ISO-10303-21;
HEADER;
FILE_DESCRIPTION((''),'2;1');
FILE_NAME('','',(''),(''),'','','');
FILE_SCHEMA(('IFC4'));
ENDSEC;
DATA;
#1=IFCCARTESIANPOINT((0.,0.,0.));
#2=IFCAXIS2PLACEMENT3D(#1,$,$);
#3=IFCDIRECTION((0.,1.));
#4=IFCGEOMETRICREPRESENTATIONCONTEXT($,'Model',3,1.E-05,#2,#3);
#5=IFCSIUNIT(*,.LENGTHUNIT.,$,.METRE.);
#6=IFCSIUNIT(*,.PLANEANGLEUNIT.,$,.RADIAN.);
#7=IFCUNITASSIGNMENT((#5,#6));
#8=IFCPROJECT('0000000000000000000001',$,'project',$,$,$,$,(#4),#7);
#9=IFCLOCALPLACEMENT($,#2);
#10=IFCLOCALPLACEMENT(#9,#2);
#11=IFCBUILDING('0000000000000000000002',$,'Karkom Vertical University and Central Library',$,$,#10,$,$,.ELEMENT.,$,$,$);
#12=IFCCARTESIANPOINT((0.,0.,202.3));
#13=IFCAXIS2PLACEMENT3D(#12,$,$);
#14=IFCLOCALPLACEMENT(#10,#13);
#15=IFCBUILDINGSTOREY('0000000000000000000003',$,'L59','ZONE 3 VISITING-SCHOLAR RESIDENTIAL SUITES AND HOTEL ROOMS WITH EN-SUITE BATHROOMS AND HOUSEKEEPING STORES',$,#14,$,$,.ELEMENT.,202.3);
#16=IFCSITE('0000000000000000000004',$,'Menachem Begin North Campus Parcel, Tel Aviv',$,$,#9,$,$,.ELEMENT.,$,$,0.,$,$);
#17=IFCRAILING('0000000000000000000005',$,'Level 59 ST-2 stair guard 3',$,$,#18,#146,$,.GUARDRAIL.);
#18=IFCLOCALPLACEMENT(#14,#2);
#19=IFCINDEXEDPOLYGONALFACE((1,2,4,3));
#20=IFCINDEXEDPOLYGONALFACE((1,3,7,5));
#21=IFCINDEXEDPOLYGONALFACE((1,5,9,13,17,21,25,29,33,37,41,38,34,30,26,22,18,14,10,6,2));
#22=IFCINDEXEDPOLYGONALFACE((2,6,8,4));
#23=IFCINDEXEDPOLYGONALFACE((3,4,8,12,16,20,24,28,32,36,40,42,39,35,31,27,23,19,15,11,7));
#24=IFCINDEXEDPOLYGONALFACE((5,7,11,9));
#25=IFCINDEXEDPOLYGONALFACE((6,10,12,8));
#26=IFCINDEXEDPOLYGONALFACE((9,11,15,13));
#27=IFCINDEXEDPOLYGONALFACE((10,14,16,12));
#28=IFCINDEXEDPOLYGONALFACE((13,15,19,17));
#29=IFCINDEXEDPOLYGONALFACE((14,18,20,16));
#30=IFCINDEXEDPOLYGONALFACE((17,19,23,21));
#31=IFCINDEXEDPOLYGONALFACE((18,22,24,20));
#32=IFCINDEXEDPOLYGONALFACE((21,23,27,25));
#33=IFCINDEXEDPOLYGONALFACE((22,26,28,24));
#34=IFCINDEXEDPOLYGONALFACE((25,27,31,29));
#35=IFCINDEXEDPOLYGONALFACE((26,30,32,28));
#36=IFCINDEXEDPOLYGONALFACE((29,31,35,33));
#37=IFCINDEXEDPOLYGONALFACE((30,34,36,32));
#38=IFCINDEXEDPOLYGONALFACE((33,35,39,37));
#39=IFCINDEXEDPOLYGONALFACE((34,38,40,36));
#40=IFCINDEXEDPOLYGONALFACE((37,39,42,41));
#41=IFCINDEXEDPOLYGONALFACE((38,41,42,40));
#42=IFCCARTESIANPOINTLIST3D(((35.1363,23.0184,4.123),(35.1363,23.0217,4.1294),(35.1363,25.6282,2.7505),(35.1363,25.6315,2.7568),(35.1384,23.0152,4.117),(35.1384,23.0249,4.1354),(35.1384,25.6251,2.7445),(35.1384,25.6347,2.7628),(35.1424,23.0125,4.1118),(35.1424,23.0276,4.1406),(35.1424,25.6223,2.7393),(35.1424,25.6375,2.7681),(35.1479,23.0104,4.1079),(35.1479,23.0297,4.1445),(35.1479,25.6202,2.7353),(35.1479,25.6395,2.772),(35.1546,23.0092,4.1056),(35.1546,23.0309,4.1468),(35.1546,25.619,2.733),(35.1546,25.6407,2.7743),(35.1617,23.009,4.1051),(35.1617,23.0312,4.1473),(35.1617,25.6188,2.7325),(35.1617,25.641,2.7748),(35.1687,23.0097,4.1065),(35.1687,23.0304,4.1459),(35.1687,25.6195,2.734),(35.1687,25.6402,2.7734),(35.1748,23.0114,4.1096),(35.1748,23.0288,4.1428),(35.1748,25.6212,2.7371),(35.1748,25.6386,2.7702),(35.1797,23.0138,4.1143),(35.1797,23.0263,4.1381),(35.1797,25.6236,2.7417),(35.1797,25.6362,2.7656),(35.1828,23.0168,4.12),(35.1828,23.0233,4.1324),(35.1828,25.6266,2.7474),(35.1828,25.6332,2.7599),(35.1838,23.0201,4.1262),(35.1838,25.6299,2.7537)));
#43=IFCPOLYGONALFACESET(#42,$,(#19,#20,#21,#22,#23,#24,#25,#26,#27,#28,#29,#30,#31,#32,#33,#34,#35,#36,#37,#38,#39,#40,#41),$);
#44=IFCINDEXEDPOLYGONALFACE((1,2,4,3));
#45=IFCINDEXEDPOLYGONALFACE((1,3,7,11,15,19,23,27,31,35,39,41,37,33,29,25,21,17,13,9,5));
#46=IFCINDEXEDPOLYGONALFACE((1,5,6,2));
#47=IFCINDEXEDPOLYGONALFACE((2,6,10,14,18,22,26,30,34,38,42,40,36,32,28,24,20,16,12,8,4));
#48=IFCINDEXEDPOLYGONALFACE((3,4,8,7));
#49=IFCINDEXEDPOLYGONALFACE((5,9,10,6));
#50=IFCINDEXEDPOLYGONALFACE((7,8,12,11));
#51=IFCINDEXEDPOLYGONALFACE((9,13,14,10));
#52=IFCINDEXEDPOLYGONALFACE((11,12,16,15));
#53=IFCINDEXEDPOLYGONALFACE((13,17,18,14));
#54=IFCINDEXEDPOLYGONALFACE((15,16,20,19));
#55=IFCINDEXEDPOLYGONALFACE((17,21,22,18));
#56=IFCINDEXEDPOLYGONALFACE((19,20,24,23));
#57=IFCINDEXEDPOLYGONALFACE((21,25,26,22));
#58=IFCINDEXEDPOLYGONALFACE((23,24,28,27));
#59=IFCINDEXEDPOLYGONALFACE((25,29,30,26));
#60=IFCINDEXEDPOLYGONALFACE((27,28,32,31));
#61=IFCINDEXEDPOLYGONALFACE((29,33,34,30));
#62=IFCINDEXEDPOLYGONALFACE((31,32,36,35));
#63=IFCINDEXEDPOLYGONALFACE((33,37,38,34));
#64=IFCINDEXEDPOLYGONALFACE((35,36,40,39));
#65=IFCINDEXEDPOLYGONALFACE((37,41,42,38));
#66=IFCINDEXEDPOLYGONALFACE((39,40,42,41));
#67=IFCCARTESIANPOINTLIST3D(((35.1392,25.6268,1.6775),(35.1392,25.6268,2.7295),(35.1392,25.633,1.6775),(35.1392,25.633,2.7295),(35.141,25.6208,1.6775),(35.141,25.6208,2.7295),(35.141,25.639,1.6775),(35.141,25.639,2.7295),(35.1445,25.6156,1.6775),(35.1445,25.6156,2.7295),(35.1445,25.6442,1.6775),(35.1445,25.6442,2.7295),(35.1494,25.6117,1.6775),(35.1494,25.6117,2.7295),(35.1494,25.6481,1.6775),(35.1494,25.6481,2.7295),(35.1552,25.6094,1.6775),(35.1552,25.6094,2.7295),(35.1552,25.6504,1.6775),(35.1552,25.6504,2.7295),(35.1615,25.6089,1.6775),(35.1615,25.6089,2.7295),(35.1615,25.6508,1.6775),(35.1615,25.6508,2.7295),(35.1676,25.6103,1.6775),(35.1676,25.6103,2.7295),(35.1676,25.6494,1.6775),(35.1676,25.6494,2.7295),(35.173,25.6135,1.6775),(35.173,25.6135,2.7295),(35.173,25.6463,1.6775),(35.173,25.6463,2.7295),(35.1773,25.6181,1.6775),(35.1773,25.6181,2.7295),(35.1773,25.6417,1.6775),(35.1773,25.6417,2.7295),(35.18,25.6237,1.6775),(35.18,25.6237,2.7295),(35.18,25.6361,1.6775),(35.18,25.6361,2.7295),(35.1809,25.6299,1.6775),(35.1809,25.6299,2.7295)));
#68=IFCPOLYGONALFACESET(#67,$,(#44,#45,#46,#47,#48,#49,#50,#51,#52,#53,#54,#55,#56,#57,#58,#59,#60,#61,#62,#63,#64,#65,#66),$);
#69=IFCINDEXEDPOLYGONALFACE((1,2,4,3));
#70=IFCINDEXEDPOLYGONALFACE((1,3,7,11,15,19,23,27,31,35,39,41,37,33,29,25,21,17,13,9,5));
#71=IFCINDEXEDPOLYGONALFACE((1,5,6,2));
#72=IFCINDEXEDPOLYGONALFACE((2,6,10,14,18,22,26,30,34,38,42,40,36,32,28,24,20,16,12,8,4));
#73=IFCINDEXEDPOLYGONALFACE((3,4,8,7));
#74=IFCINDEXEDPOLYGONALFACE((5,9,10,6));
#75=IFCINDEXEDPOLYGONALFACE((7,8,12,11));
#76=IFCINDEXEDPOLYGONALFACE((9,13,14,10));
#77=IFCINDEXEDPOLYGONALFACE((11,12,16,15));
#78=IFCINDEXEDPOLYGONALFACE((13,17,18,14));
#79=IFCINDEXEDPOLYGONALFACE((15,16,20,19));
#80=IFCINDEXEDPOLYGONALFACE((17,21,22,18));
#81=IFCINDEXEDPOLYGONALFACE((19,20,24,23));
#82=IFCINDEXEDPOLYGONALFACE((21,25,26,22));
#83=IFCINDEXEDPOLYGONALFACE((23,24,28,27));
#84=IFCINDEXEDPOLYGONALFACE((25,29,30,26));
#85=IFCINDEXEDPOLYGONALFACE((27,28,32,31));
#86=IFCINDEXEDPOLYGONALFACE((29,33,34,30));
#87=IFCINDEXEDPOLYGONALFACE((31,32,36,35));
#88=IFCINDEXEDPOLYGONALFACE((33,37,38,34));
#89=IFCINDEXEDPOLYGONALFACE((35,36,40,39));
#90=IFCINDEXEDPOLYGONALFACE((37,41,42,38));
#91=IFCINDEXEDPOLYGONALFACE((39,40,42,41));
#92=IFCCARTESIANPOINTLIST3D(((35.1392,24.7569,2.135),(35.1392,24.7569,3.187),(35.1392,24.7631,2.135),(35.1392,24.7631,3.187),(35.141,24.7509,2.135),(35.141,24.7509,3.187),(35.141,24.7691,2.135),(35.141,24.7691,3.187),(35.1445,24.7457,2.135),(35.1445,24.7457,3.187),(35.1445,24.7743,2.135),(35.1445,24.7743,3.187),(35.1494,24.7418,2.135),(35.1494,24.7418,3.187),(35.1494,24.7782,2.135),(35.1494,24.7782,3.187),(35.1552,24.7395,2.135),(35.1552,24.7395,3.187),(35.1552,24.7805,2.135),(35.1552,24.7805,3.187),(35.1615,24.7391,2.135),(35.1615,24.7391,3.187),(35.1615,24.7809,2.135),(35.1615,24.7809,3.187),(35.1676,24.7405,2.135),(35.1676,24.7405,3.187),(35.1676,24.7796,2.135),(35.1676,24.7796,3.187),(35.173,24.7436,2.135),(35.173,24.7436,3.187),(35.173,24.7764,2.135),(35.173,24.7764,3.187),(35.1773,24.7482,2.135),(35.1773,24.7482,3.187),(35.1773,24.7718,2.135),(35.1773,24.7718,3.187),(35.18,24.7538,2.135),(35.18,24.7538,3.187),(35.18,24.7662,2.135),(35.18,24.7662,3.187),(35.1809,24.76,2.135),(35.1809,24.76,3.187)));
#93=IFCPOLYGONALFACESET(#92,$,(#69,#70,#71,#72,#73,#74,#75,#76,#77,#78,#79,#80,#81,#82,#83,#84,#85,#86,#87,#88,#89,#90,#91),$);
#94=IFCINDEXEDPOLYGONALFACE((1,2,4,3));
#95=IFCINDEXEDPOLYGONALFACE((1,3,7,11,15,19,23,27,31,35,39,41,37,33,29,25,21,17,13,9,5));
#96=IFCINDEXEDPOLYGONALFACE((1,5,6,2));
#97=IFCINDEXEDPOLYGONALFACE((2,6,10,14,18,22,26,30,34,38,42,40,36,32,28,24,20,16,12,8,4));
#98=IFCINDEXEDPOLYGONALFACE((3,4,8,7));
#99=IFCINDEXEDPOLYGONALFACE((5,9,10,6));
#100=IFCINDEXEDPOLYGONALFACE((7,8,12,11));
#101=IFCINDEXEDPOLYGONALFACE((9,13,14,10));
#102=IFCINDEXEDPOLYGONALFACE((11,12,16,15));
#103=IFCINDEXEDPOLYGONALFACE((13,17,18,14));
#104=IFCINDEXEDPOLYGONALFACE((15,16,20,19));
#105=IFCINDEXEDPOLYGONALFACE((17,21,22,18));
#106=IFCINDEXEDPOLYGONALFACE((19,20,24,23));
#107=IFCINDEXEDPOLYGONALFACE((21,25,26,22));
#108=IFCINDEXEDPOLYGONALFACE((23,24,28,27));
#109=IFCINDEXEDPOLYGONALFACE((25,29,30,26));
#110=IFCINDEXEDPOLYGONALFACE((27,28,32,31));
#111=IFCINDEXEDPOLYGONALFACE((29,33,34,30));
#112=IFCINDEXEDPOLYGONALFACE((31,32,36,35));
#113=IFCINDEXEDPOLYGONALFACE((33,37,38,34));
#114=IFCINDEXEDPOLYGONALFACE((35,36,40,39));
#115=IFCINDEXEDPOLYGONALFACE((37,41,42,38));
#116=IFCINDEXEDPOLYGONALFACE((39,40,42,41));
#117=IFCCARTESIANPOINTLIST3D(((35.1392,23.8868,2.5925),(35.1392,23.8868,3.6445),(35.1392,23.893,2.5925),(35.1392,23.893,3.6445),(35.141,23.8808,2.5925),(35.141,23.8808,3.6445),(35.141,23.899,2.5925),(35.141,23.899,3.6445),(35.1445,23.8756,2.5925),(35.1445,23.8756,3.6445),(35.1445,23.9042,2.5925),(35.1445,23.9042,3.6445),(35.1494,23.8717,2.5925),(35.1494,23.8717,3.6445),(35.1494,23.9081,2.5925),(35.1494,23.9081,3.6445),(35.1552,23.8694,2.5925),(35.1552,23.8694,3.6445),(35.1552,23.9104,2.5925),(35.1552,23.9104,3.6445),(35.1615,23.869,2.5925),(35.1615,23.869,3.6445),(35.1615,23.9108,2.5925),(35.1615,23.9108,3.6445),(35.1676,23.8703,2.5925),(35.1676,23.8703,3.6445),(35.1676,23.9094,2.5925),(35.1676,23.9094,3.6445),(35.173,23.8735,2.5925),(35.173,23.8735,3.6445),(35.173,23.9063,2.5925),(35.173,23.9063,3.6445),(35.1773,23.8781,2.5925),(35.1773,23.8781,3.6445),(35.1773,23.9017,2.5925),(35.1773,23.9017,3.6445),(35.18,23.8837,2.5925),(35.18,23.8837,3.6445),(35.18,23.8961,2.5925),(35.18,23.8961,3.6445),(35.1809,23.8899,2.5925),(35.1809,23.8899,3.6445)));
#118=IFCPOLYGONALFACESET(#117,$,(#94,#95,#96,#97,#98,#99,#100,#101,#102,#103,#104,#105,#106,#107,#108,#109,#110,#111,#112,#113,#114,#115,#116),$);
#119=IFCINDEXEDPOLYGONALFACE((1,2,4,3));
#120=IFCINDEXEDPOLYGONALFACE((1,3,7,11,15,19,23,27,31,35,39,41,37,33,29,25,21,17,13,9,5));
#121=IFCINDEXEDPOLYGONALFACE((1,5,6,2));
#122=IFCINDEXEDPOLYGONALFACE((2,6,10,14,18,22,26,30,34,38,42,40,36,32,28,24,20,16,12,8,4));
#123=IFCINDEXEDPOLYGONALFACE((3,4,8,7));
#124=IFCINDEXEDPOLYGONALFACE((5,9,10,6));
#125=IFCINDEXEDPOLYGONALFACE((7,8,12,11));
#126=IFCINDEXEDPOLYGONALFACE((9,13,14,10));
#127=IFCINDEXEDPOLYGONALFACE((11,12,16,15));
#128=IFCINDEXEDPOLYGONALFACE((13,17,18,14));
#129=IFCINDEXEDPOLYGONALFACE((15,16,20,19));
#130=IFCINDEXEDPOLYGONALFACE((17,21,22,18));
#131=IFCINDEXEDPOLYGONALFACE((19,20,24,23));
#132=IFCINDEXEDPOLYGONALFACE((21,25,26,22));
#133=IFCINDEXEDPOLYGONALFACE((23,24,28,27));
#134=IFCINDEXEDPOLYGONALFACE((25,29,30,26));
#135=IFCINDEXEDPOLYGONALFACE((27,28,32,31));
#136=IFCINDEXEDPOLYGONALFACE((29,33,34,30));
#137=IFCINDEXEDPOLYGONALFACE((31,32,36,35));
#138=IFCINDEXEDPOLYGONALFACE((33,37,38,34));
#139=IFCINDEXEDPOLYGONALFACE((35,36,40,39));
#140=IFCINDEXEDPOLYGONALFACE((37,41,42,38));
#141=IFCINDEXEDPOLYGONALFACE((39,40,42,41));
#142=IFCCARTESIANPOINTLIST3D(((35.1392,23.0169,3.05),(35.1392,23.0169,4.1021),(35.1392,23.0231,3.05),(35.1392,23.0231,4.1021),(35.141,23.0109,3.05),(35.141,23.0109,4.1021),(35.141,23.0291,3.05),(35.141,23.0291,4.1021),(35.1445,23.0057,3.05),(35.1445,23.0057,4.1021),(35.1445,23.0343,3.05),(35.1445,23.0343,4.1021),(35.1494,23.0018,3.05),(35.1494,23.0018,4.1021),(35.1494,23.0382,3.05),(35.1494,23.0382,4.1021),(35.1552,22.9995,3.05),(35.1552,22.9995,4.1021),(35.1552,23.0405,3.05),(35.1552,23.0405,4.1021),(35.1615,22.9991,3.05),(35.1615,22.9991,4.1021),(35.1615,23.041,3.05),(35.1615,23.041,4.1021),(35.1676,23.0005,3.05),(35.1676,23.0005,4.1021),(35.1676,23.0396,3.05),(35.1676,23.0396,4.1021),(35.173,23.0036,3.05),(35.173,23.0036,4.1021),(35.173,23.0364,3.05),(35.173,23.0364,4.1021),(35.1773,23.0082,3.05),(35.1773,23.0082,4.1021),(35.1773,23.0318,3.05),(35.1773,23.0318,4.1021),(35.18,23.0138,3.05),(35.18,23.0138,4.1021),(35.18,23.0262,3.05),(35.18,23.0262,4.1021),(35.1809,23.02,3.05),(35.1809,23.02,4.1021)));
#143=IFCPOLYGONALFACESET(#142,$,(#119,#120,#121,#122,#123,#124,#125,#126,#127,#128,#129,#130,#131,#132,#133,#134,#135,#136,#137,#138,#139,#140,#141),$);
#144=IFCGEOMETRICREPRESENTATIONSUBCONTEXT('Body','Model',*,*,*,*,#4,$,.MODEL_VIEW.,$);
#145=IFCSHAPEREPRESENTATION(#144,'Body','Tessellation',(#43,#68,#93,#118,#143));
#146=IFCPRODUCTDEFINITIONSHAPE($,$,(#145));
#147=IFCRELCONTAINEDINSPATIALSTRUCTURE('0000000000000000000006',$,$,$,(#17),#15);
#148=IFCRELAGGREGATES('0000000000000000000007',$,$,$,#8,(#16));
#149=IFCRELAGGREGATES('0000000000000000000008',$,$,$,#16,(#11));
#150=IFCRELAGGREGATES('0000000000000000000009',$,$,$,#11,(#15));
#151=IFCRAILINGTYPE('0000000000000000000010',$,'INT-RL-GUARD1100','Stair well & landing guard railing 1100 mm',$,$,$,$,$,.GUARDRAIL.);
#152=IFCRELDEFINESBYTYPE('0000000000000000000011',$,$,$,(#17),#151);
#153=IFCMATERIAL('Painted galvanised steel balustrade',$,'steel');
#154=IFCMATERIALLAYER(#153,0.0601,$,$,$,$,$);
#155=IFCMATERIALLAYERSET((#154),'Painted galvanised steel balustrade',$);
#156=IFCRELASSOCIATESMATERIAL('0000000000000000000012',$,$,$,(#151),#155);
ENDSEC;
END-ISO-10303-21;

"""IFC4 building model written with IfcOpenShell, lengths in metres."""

from ifc_helpers import new_model, si_unit, direction, frame, origin, origin_2d, place, context, subcontext, project, spatial, circle, extrude, material, layer, layer_set, type_object, element, save


model = new_model("IFC4")

# Units and contexts
model_context = context("Model", 3, precision=1e-05, world=origin(), true_north=direction((0.0, 1.0)))
body_context = subcontext(model_context, "Body", "Model", "MODEL_VIEW")
ifc_project = project(units=[si_unit("LENGTHUNIT", "METRE"), si_unit("PLANEANGLEUNIT", "RADIAN")], contexts=[model_context])

# Site, building, storey
site_placement = place(None, origin())
site = spatial("IfcSite", under=ifc_project, at=site_placement, Name="Menachem Begin North Campus Parcel, Tel Aviv", CompositionType="ELEMENT", RefElevation=0.0)
building_placement = place(site_placement, origin())
building = spatial("IfcBuilding", under=site, at=building_placement, Name="Karkom Vertical University and Central Library", CompositionType="ELEMENT")
storey_placement = place(building_placement, frame((0.0, 0.0, 202.3)))
storey = spatial("IfcBuildingStorey", under=building, at=storey_placement, Name="L59", Description="ZONE 3 VISITING-SCHOLAR RESIDENTIAL SUITES AND HOTEL ROOMS WITH EN-SUITE BATHROOMS AND HOUSEKEEPING STORES", CompositionType="ELEMENT", Elevation=202.3)

# Railing
ifc_material_1 = material(Name="Painted galvanised steel balustrade", Category="steel")
ifc_layer_1 = layer(ifc_material_1, 0.0601)
ifc_layer_set_1 = layer_set([ifc_layer_1], Name="Painted galvanised steel balustrade")
railing_type_1 = type_object("IfcRailingType", Name="INT-RL-GUARD1100", Description="Stair well & landing guard railing 1100 mm", PredefinedType="GUARDRAIL", material=ifc_layer_set_1)
railing_1_placement = place(storey_placement, frame((35.1599, 25.6299, 1.6775)))
element("IfcRailing", 1, at=railing_1_placement, inside=storey, type_object=railing_type_1, Name="Level 59 ST-2 stair guard 3", PredefinedType="GUARDRAIL", context=body_context, shape_type="SweptSolid", body=[
    extrude(circle(Radius=0.0239, at=origin_2d()), frame((0.0, 0.0, 1.0762), z_axis=(0.0, -0.885065, 0.465467), x_axis=(1.0, 0.0, 0.0)), (0.0, 0.0, 1.0), 2.9487),
    extrude(circle(Radius=0.021, at=origin_2d()), origin(), (0.0, 0.0, 1.0), 1.052),
    extrude(circle(Radius=0.021, at=origin_2d()), frame((0.0, -0.8699, 0.4575)), (0.0, 0.0, 1.0), 1.052),
    extrude(circle(Radius=0.021, at=origin_2d()), frame((0.0, -1.74, 0.915)), (0.0, 0.0, 1.0), 1.052),
    extrude(circle(Radius=0.021, at=origin_2d()), frame((0.0, -2.6099, 1.3726)), (0.0, 0.0, 1.0), 1.052),
])

save(model, "model.ifc")
